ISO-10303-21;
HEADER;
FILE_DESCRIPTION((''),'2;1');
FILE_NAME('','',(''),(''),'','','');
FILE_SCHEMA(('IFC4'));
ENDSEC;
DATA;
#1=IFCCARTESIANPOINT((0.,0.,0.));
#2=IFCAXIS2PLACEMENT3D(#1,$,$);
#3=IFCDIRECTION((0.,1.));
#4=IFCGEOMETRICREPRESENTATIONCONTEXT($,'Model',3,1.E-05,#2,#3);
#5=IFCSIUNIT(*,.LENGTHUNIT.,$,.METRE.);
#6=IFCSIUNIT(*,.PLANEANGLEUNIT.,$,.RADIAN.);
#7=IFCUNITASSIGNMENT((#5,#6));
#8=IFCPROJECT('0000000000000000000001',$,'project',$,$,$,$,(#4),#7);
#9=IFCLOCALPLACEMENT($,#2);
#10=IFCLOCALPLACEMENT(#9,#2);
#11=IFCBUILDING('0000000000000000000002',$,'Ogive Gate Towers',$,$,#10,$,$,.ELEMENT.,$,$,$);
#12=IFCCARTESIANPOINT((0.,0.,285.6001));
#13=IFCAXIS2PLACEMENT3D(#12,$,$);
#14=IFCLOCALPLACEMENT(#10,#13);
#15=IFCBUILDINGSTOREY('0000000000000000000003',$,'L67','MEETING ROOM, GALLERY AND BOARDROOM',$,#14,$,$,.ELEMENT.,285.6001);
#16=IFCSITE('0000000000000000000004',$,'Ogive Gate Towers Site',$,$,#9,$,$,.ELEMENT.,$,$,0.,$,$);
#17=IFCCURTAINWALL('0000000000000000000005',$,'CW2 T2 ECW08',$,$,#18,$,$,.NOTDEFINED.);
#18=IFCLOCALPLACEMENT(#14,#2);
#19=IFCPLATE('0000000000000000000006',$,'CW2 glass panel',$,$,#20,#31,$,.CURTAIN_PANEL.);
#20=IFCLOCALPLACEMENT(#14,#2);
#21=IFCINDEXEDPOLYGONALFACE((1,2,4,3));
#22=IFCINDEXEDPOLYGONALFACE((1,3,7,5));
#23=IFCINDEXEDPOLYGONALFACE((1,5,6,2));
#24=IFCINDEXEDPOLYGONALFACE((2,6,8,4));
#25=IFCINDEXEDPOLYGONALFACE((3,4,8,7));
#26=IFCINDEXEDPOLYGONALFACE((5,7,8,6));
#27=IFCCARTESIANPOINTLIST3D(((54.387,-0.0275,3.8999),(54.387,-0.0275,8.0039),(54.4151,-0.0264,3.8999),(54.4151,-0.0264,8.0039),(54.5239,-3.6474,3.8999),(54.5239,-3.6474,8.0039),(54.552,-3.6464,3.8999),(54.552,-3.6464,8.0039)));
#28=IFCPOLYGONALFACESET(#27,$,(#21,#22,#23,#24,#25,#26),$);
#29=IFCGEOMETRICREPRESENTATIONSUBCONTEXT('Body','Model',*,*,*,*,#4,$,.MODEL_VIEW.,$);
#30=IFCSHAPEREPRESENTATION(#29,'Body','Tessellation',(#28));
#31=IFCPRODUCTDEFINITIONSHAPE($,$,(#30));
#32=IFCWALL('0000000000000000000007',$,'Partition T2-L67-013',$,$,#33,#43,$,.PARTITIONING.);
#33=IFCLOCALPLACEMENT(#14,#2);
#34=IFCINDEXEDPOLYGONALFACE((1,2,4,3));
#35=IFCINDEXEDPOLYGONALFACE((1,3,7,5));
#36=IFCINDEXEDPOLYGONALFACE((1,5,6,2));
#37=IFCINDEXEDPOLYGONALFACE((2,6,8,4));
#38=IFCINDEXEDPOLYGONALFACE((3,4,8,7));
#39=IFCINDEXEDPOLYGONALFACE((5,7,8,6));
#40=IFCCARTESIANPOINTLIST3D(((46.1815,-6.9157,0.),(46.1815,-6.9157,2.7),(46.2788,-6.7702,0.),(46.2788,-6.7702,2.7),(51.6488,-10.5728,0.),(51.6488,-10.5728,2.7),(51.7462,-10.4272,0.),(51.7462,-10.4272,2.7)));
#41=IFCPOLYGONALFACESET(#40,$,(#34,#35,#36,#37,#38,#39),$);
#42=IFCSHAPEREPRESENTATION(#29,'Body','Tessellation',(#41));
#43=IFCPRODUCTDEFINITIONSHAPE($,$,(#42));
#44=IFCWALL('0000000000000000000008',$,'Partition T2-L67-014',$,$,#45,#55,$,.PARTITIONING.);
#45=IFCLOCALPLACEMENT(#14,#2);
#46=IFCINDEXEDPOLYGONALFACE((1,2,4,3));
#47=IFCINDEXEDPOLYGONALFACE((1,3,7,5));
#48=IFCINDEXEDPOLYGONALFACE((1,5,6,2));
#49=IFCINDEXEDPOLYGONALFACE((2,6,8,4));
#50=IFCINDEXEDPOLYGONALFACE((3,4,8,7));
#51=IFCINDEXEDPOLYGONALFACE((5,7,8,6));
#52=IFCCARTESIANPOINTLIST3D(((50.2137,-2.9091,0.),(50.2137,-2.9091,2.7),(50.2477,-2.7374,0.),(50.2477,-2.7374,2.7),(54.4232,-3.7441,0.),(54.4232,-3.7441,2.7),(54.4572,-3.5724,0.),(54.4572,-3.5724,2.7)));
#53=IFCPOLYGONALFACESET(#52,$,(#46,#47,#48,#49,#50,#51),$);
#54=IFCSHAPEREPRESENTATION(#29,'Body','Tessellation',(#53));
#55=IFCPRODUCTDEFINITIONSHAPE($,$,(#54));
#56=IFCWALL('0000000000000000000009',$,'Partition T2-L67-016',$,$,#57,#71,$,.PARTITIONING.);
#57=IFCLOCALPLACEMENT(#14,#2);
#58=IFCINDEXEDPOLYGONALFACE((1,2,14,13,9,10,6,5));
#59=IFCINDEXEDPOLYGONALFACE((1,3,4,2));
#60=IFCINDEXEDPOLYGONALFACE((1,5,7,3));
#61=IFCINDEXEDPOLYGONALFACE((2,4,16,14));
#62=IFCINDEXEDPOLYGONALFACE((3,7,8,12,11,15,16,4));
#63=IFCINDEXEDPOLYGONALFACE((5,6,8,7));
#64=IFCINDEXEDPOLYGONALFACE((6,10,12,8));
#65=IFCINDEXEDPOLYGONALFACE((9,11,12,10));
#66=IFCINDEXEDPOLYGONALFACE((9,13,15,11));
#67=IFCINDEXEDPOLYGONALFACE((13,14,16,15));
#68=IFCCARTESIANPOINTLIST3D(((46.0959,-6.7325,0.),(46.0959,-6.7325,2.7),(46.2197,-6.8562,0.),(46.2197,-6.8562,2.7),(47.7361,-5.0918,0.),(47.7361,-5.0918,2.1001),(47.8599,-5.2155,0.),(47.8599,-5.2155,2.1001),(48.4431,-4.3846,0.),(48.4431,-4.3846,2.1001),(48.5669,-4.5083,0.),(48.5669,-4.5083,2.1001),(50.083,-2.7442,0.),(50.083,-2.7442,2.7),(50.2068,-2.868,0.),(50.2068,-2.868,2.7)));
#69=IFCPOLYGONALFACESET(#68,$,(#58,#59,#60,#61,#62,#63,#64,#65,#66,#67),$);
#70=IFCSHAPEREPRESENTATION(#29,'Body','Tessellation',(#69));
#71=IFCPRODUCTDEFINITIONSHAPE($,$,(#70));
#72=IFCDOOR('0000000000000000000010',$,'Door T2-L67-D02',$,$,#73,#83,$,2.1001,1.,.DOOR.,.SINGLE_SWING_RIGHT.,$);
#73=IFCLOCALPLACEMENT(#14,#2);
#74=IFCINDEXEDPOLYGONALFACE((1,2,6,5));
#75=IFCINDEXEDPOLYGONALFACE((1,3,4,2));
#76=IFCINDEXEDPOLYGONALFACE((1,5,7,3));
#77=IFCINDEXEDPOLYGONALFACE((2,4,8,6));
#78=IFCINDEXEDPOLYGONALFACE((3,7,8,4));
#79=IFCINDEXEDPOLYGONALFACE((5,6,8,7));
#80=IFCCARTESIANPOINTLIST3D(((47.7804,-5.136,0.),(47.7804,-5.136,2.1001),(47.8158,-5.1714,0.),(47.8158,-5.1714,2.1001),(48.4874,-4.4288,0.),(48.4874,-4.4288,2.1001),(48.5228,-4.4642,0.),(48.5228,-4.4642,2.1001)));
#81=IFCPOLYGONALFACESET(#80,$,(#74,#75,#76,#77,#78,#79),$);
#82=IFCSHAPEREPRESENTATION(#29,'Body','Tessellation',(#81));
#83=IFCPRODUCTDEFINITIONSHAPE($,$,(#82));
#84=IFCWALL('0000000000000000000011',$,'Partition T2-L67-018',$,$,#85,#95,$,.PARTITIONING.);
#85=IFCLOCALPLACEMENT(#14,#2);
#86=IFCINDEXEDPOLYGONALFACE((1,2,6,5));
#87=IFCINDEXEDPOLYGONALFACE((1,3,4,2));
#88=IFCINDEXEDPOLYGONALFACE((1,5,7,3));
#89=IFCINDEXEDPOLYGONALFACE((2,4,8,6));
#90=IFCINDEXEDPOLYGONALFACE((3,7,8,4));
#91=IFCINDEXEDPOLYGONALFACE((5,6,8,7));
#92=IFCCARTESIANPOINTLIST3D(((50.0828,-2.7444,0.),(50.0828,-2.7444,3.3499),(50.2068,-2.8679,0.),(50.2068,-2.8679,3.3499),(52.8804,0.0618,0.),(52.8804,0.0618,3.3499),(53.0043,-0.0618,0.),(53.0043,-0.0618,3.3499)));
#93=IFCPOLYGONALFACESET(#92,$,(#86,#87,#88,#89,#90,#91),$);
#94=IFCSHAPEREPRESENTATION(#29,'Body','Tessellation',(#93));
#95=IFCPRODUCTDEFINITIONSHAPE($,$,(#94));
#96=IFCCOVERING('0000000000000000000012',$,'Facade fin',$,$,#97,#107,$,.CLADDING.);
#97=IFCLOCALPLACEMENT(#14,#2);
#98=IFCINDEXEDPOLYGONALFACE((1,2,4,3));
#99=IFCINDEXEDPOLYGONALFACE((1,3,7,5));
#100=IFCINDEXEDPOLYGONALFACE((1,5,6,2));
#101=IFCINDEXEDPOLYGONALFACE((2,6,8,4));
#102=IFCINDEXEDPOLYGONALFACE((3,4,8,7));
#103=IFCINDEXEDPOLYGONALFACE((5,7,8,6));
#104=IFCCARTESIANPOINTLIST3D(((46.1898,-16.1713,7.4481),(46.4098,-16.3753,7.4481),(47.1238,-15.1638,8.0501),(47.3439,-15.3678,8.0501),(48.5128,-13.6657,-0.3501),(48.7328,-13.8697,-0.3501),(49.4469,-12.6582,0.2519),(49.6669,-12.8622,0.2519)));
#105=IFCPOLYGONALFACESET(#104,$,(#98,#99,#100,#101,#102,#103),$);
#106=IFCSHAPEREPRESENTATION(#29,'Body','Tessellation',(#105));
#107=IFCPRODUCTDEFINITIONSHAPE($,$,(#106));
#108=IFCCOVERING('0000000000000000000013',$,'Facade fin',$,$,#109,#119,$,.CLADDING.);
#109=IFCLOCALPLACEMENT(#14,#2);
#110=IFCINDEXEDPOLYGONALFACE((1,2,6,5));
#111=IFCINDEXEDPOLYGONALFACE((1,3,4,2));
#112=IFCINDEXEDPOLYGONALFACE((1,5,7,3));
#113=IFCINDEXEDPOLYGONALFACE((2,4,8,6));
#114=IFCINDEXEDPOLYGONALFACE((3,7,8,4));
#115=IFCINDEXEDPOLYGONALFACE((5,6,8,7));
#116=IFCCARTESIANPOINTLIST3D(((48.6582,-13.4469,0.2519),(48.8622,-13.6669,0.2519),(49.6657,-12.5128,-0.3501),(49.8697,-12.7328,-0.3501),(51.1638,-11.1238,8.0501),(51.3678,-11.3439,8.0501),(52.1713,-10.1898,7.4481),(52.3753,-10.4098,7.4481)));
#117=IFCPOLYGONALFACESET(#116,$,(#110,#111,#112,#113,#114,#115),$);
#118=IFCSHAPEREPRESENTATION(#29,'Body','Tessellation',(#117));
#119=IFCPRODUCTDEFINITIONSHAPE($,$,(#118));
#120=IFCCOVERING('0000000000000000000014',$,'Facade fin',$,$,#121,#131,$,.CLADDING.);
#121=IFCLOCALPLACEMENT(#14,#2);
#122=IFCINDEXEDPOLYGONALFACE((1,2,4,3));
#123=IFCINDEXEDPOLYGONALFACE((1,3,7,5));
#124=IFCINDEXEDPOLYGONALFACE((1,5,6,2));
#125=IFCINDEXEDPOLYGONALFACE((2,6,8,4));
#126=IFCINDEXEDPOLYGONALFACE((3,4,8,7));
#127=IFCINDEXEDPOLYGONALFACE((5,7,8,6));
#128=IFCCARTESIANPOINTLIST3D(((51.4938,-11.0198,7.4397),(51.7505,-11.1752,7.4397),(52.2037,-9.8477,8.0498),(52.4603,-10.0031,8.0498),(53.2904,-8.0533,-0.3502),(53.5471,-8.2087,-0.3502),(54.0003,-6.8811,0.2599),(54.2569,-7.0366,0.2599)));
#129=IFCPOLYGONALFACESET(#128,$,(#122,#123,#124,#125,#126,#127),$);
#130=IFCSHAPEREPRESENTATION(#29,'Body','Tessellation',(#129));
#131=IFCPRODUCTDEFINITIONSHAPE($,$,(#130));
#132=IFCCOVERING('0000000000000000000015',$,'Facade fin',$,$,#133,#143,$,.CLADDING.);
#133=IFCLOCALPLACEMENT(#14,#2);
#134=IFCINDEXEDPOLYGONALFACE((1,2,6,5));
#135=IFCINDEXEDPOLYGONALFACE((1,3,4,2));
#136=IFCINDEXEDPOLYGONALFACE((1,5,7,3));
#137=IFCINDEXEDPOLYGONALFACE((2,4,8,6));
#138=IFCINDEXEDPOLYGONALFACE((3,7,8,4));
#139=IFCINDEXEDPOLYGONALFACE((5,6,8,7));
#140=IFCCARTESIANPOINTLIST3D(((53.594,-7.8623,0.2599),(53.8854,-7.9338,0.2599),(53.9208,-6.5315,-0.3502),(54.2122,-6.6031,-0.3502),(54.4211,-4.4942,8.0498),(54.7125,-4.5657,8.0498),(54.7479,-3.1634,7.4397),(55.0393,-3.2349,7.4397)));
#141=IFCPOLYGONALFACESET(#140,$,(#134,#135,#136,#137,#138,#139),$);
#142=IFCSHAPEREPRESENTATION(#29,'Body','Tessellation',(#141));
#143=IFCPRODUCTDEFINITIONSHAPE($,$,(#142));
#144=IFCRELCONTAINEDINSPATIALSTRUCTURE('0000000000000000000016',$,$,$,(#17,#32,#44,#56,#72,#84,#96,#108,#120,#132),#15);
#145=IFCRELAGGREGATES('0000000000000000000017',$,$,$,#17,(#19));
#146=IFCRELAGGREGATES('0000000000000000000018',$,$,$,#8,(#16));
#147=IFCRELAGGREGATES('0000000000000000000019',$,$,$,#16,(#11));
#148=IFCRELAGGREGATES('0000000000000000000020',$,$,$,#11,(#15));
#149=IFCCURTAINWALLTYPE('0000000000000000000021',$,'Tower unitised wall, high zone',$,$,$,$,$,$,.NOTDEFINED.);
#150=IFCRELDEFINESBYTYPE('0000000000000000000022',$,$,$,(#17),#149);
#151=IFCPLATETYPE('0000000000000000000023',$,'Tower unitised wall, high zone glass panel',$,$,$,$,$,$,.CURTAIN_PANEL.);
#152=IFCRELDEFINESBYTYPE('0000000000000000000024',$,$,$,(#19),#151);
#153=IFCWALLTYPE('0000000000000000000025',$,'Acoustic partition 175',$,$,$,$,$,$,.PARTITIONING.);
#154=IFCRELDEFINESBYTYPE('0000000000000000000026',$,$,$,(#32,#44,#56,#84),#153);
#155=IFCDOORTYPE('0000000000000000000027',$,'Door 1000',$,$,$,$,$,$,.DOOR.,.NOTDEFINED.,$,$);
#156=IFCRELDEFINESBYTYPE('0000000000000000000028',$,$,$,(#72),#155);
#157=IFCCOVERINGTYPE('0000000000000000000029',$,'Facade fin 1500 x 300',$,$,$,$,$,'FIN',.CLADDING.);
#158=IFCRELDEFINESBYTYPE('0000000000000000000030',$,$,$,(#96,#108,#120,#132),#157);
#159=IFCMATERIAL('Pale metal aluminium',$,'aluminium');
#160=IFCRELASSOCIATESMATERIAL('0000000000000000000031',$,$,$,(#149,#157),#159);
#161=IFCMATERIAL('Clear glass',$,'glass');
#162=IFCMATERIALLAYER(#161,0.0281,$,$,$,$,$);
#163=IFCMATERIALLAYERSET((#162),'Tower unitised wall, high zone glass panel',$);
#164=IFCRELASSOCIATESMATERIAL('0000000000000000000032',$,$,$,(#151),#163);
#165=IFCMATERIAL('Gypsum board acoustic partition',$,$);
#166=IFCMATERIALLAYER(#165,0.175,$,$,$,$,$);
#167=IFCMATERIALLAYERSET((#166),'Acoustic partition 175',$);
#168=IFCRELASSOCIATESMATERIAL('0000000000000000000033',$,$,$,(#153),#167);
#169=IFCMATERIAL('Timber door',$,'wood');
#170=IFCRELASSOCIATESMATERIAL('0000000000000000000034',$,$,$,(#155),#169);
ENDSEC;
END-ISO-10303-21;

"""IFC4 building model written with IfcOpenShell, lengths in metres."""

from ifc_helpers import new_model, si_unit, direction, frame, frame_2d, origin, origin_2d, place, context, subcontext, project, spatial, rectangle, extrude, material, layer, layer_set, material_profile, profile_set, type_object, element, fill, aggregate, save


model = new_model("IFC4")

# Units and contexts
model_context = context("Model", 3, precision=1e-05, world=origin(), true_north=direction((0.0, 1.0)))
body_context = subcontext(model_context, "Body", "Model", "MODEL_VIEW")
ifc_project = project(units=[si_unit("LENGTHUNIT", "METRE"), si_unit("PLANEANGLEUNIT", "RADIAN")], contexts=[model_context])

# Site, building, storey
site_placement = place(None, origin())
site = spatial("IfcSite", under=ifc_project, at=site_placement, Name="Ogive Gate Towers Site", CompositionType="ELEMENT", RefElevation=0.0)
building_placement = place(site_placement, origin())
building = spatial("IfcBuilding", under=site, at=building_placement, Name="Ogive Gate Towers", CompositionType="ELEMENT")
storey_placement = place(building_placement, frame((0.0, 0.0, 285.6001)))
storey = spatial("IfcBuildingStorey", under=building, at=storey_placement, Name="L67", Description="MEETING ROOM, GALLERY AND BOARDROOM", CompositionType="ELEMENT", Elevation=285.6001)

# Curtain wall
ifc_material_1 = material(Name="Pale metal aluminium", Category="aluminium")
curtain_wall_type = type_object("IfcCurtainWallType", Name="Tower unitised wall, high zone", PredefinedType="NOTDEFINED", material=ifc_material_1)
curtain_wall_1_placement = place(storey_placement, origin())
curtain_wall_1 = element("IfcCurtainWall", 1, at=curtain_wall_1_placement, inside=storey, type_object=curtain_wall_type, Name="CW2 T2 ECW08", PredefinedType="NOTDEFINED")

# Plate
ifc_material_2 = material(Name="Clear glass", Category="glass")
ifc_layer_1 = layer(ifc_material_2, 0.0281)
ifc_layer_set_1 = layer_set([ifc_layer_1], Name="Tower unitised wall, high zone glass panel")
plate_type = type_object("IfcPlateType", Name="Tower unitised wall, high zone glass panel", PredefinedType="CURTAIN_PANEL", material=ifc_layer_set_1)
plate_1_placement = place(storey_placement, frame((54.4695, -1.8369, 3.8999), z_axis=(0.0, 0.0, 1.0), x_axis=(-0.037795, 0.999286, 0.0)))
plate_1 = element("IfcPlate", 2, at=plate_1_placement, type_object=plate_type, Name="CW2 glass panel", PredefinedType="CURTAIN_PANEL", context=body_context, shape_type="SweptSolid", body=[
    extrude(rectangle(XDim=3.6226, YDim=0.0281, at=origin_2d()), origin(), (0.0, 0.0, 1.0), 4.104),
])
aggregate(curtain_wall_1, [plate_1])

# Walls
ifc_material_3 = material(Name="Gypsum board acoustic partition")
ifc_layer_2 = layer(ifc_material_3, 0.175)
ifc_layer_set_2 = layer_set([ifc_layer_2], Name="Acoustic partition 175")
wall_type = type_object("IfcWallType", Name="Acoustic partition 175", PredefinedType="PARTITIONING", material=ifc_layer_set_2)
wall_1_placement = place(storey_placement, frame((51.6975, -10.5, 0.0), z_axis=(0.0, 0.0, 1.0), x_axis=(-0.831198, 0.555976, 0.0)))
element("IfcWall", 3, at=wall_1_placement, inside=storey, type_object=wall_type, Name="Partition T2-L67-013", PredefinedType="PARTITIONING", context=body_context, shape_type="SweptSolid", body=[
    extrude(rectangle(XDim=6.5776, YDim=0.175, at=frame_2d((3.2888, 0.0))), origin(), (0.0, 0.0, 1.0), 2.7),
])
wall_2_placement = place(storey_placement, frame((54.4402, -3.6582, 0.0), z_axis=(0.0, 0.0, 1.0), x_axis=(-0.98089, 0.194562, 0.0)))
element("IfcWall", 4, at=wall_2_placement, inside=storey, type_object=wall_type, Name="Partition T2-L67-014", PredefinedType="PARTITIONING", context=body_context, shape_type="SweptSolid", body=[
    extrude(rectangle(XDim=4.2915, YDim=0.175, at=frame_2d((2.1458, 0.0))), origin(), (0.0, 0.0, 1.0), 2.7),
])

# Wall, opening, door
wall_3_placement = place(storey_placement, frame((46.1577, -6.7944, 0.0), z_axis=(0.0, 0.0, 1.0), x_axis=(0.706999, 0.707215, 0.0)))
wall_3 = element("IfcWall", 5, at=wall_3_placement, inside=storey, type_object=wall_type, Name="Partition T2-L67-016", PredefinedType="PARTITIONING", context=body_context, shape_type="SweptSolid", body=[
    extrude(rectangle(XDim=5.6394, YDim=0.175, at=frame_2d((2.8198, 0.0))), origin(), (0.0, 0.0, 1.0), 2.7),
])
opening_placement = place(wall_3_placement, frame((2.3201, 0.0, 0.0)))
opening = element("IfcOpeningElement", 6, at=opening_placement, cuts=wall_3, PredefinedType="OPENING", context=body_context, shape_type="SweptSolid", body=[
    extrude(rectangle(XDim=1.0, YDim=2.1001, at=frame_2d((0.5, 1.05))), frame((0.0, 0.0977, 0.0), z_axis=(0.0, -1.0, 0.0), x_axis=(1.0, 0.0, 0.0)), (0.0, 0.0, 1.0), 0.1951),
])
ifc_material_4 = material(Name="Timber door", Category="wood")
door_type = type_object("IfcDoorType", Name="Door 1000", OperationType="NOTDEFINED", PredefinedType="DOOR", material=ifc_material_4)
door_placement = place(opening_placement, origin())
door = element("IfcDoor", 7, at=door_placement, inside=storey, type_object=door_type, Name="Door T2-L67-D02", OperationType="SINGLE_SWING_RIGHT", OverallHeight=2.1001, OverallWidth=1.0, PredefinedType="DOOR", context=body_context, shape_type="SweptSolid", body=[
    extrude(rectangle(XDim=1.0, YDim=2.1001, at=frame_2d((0.5, 1.05))), frame((0.0, 0.0249, 0.0), z_axis=(0.0, -1.0, 0.0), x_axis=(1.0, 0.0, 0.0)), (0.0, 0.0, 1.0), 0.05),
])
fill(opening, door)

# Wall
wall_4_placement = place(storey_placement, frame((50.1448, -2.8062, 0.0), z_axis=(0.0, 0.0, 1.0), x_axis=(0.706028, 0.708184, 0.0)))
element("IfcWall", 8, at=wall_4_placement, inside=storey, type_object=wall_type, Name="Partition T2-L67-018", PredefinedType="PARTITIONING", context=body_context, shape_type="SweptSolid", body=[
    extrude(rectangle(XDim=3.9624, YDim=0.175, at=frame_2d((1.9812, 0.0))), origin(), (0.0, 0.0, 1.0), 3.3499),
])

# Coverings
ifc_material_profile_1 = material_profile(ifc_material_1, rectangle(XDim=0.3, YDim=1.5, at=origin_2d()), Name="1500 x 300 pale metal aluminium")
ifc_profile_set_1 = profile_set([ifc_material_profile_1], Name="Pale metal aluminium")
covering_type = type_object("IfcCoveringType", Name="Facade fin 1500 x 300", ElementType="FIN", PredefinedType="CLADDING", material=ifc_profile_set_1)
for number, where, z_axis, x_axis, name in (
    (9, (49.0898, -13.2639, -0.0491), (-0.272851, -0.294301, 0.915936), (0.733325, -0.679878, 0.0), "Facade fin"),
    (10, (49.2639, -13.0898, -0.0491), (0.294301, 0.272851, 0.915936), (-0.679878, 0.733325, 0.0), "Facade fin"),
):
    element("IfcCovering", number, at=place(storey_placement, frame(where, z_axis=z_axis, x_axis=x_axis)), inside=storey, type_object=covering_type, Name=name, PredefinedType="CLADDING", context=body_context, shape_type="SweptSolid", body=[
        extrude(rectangle(XDim=0.3, YDim=1.5, at=origin_2d()), origin(), (0.0, 0.0, 1.0), 8.5139),
    ])
for number, where, z_axis, x_axis, name in (
    (11, (53.7737, -7.5449, -0.0452), (-0.210694, -0.347893, 0.913553), (0.855361, -0.518032, 0.0), "Facade fin"),
    (12, (53.9031, -7.2327, -0.0452), (0.097001, 0.39499, 0.91355), (-0.971144, 0.238492, 0.0), "Facade fin"),
):
    element("IfcCovering", number, at=place(storey_placement, frame(where, z_axis=z_axis, x_axis=x_axis)), inside=storey, type_object=covering_type, Name=name, PredefinedType="CLADDING", context=body_context, shape_type="SweptSolid", body=[
        extrude(rectangle(XDim=0.3, YDim=1.5, at=origin_2d()), origin(), (0.0, 0.0, 1.0), 8.5271),
    ])

save(model, "model.ifc")
